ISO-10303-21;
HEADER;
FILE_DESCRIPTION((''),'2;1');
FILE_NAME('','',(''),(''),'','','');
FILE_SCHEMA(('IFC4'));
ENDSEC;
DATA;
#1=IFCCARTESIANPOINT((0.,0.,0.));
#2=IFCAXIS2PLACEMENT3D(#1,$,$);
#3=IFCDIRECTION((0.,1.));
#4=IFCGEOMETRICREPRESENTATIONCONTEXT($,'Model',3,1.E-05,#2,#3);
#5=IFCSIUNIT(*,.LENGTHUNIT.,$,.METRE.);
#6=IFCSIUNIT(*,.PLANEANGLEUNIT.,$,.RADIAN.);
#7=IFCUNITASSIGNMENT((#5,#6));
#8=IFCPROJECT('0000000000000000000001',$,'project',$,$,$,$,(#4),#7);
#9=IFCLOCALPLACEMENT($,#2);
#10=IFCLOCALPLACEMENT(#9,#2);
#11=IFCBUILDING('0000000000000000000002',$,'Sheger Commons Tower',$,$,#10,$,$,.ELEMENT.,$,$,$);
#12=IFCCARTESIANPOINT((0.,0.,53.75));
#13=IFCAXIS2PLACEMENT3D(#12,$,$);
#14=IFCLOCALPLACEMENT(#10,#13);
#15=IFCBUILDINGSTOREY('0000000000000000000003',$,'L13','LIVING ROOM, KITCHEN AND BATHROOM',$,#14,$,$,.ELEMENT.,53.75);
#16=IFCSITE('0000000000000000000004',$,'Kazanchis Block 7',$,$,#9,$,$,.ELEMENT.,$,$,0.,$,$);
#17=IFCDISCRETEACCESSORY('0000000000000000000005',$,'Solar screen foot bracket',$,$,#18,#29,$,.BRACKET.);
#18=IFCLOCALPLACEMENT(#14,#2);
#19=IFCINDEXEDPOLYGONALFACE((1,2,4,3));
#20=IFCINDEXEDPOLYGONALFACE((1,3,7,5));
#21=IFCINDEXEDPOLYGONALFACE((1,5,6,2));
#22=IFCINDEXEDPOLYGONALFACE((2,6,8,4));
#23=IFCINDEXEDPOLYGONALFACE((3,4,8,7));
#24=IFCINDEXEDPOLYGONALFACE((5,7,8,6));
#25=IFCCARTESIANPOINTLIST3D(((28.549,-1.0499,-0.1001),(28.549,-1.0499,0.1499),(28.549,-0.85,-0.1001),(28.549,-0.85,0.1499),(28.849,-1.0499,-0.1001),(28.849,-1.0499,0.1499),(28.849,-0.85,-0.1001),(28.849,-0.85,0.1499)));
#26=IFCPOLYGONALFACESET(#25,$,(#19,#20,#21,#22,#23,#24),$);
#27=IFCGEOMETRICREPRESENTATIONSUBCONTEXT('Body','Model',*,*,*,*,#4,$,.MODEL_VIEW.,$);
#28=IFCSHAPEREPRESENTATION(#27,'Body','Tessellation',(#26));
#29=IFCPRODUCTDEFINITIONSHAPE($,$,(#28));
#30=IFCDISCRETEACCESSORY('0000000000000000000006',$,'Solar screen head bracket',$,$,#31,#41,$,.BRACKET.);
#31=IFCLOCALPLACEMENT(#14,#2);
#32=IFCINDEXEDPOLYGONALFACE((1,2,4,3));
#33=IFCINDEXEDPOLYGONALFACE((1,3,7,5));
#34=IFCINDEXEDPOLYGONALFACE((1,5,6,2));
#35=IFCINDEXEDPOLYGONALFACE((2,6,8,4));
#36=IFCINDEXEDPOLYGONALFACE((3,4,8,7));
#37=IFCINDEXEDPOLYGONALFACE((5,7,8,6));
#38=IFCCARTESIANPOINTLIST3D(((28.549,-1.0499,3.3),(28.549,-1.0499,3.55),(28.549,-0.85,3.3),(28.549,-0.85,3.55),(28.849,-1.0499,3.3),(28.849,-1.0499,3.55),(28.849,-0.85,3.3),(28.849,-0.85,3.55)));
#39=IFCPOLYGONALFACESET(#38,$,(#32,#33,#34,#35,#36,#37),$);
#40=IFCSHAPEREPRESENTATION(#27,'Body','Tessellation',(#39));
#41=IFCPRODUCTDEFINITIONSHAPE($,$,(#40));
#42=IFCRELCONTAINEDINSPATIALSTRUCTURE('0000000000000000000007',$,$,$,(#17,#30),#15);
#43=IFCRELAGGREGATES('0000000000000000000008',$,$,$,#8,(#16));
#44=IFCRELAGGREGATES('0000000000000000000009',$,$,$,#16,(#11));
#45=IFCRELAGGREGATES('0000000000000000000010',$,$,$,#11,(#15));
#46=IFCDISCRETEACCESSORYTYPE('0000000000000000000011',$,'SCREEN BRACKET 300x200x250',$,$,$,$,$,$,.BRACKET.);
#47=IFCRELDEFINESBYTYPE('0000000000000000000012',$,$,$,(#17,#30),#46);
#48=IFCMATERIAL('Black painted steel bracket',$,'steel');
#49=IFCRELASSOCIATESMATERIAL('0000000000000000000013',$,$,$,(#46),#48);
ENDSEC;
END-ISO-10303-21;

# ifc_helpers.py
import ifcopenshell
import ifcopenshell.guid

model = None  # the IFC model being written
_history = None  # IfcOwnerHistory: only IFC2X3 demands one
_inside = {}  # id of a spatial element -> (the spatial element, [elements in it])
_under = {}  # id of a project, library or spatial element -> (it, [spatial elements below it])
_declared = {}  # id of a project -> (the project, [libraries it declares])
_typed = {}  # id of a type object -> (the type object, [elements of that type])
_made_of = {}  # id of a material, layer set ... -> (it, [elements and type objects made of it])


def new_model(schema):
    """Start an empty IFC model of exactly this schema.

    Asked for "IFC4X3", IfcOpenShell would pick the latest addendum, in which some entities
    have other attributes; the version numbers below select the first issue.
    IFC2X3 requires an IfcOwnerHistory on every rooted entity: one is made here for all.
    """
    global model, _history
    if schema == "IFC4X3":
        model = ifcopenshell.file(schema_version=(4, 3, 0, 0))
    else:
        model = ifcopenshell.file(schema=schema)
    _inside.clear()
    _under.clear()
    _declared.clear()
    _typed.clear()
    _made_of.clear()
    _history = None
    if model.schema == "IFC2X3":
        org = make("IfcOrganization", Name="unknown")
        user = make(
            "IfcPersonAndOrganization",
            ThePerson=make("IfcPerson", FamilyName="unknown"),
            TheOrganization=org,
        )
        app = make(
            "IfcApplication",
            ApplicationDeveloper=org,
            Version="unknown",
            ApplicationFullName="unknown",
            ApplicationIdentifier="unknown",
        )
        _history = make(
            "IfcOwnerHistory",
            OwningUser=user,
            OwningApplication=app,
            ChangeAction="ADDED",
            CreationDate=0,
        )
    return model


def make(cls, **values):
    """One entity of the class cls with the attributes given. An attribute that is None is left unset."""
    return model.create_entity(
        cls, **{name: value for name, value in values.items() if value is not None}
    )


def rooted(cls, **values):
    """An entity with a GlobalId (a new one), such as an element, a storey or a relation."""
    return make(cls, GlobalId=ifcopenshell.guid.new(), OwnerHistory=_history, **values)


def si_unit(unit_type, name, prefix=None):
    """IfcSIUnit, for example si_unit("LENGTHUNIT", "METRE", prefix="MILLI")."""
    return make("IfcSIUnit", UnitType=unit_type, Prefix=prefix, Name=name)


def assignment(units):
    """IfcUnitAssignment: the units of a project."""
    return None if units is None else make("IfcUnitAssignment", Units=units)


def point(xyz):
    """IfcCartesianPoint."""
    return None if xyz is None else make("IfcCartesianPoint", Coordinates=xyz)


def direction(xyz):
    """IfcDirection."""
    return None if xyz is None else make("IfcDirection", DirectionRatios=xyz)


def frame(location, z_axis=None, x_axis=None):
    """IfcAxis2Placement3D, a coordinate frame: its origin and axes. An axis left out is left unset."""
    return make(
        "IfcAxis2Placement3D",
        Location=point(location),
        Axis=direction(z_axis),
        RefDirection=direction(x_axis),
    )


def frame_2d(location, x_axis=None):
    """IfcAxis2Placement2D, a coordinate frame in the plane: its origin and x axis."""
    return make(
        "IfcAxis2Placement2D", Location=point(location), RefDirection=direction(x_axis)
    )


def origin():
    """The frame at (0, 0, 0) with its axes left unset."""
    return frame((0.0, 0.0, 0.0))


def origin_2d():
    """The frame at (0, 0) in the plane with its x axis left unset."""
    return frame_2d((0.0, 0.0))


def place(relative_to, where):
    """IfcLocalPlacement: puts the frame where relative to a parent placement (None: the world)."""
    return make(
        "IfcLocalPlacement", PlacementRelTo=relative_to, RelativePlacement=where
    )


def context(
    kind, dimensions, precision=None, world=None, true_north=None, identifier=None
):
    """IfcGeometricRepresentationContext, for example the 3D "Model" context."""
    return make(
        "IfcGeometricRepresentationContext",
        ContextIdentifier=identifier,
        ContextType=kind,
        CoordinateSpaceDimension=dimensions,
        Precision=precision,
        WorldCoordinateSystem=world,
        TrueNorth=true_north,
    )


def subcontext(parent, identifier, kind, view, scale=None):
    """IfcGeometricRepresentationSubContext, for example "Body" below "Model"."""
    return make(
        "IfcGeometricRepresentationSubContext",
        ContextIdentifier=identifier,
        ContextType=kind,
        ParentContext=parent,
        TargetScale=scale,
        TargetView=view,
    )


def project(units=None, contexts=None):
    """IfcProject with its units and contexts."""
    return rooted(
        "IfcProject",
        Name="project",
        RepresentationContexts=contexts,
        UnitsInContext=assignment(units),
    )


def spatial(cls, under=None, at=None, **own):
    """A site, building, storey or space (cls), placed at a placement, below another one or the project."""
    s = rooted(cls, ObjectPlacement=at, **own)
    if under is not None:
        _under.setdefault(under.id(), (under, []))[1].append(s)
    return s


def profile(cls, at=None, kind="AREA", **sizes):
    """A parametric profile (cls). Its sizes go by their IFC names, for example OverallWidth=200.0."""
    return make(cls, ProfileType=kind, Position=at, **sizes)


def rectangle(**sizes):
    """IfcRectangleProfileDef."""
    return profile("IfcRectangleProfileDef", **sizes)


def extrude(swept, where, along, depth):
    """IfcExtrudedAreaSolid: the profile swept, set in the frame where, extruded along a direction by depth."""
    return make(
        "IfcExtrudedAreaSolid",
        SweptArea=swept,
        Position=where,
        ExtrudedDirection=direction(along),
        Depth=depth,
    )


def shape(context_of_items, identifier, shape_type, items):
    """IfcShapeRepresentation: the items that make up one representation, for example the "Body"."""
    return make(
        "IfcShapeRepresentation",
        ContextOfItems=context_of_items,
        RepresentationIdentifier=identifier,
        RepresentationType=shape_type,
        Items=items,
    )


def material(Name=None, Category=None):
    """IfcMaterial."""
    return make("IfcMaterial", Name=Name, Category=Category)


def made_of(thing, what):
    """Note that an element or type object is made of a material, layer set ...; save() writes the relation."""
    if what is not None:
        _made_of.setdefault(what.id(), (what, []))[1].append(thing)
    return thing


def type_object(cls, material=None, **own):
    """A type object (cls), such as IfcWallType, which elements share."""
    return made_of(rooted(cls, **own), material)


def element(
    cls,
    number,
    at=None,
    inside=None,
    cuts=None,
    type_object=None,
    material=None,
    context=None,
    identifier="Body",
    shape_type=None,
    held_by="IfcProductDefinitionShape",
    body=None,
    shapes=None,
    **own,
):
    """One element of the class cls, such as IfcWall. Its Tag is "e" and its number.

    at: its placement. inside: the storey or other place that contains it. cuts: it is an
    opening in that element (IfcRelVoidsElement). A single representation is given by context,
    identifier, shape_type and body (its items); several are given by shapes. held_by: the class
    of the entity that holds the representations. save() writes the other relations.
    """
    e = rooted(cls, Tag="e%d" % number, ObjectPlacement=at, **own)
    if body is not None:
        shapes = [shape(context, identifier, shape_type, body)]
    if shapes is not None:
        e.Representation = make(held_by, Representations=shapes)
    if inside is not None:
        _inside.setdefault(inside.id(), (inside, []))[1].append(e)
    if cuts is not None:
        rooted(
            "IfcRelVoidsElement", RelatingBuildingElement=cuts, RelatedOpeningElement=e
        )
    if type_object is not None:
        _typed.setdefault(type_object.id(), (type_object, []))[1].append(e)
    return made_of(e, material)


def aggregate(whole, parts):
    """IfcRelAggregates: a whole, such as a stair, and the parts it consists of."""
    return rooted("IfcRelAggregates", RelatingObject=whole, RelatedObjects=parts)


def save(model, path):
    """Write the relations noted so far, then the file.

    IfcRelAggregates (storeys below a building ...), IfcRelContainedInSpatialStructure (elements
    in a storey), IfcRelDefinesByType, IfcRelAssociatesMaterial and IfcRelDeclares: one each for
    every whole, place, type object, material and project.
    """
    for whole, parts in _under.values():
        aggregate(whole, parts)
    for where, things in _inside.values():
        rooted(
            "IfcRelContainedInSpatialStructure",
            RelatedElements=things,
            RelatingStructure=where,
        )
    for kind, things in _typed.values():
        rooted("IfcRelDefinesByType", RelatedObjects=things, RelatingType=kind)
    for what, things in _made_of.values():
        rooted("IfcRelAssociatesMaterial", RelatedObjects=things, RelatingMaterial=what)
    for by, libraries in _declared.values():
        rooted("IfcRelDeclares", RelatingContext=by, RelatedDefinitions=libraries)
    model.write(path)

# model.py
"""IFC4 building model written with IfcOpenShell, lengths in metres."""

from ifc_helpers import new_model, si_unit, direction, frame, origin, origin_2d, place, context, subcontext, project, spatial, rectangle, extrude, material, type_object, element, save


model = new_model("IFC4")

# Units and contexts
model_context = context("Model", 3, precision=1e-05, world=origin(), true_north=direction((0.0, 1.0)))
body_context = subcontext(model_context, "Body", "Model", "MODEL_VIEW")
ifc_project = project(units=[si_unit("LENGTHUNIT", "METRE"), si_unit("PLANEANGLEUNIT", "RADIAN")], contexts=[model_context])

# Site, building, storey
site_placement = place(None, origin())
site = spatial("IfcSite", under=ifc_project, at=site_placement, Name="Kazanchis Block 7", CompositionType="ELEMENT", RefElevation=0.0)
building_placement = place(site_placement, origin())
building = spatial("IfcBuilding", under=site, at=building_placement, Name="Sheger Commons Tower", CompositionType="ELEMENT")
storey_placement = place(building_placement, frame((0.0, 0.0, 53.75)))
storey = spatial("IfcBuildingStorey", under=building, at=storey_placement, Name="L13", Description="LIVING ROOM, KITCHEN AND BATHROOM", CompositionType="ELEMENT", Elevation=53.75)

# Discrete accessories
ifc_material_1 = material(Name="Black painted steel bracket", Category="steel")
discrete_accessory_type = type_object("IfcDiscreteAccessoryType", Name="SCREEN BRACKET 300x200x250", PredefinedType="BRACKET", material=ifc_material_1)
for number, where, z_axis, x_axis, name in (
    (1, (28.699, -0.95, -0.1001), (0.0, 0.0, 1.0), (1.0, 0.0, 0.0), "Solar screen foot bracket"),
    (2, (28.699, -0.95, 3.3), (0.0, 0.0, 1.0), (1.0, 0.0, 0.0), "Solar screen head bracket"),
):
    element("IfcDiscreteAccessory", number, at=place(storey_placement, frame(where, z_axis=z_axis, x_axis=x_axis)), inside=storey, type_object=discrete_accessory_type, Name=name, PredefinedType="BRACKET", context=body_context, shape_type="SweptSolid", body=[
        extrude(rectangle(XDim=0.3, YDim=0.2, at=origin_2d()), origin(), (0.0, 0.0, 1.0), 0.25),
    ])

save(model, "model.ifc")
